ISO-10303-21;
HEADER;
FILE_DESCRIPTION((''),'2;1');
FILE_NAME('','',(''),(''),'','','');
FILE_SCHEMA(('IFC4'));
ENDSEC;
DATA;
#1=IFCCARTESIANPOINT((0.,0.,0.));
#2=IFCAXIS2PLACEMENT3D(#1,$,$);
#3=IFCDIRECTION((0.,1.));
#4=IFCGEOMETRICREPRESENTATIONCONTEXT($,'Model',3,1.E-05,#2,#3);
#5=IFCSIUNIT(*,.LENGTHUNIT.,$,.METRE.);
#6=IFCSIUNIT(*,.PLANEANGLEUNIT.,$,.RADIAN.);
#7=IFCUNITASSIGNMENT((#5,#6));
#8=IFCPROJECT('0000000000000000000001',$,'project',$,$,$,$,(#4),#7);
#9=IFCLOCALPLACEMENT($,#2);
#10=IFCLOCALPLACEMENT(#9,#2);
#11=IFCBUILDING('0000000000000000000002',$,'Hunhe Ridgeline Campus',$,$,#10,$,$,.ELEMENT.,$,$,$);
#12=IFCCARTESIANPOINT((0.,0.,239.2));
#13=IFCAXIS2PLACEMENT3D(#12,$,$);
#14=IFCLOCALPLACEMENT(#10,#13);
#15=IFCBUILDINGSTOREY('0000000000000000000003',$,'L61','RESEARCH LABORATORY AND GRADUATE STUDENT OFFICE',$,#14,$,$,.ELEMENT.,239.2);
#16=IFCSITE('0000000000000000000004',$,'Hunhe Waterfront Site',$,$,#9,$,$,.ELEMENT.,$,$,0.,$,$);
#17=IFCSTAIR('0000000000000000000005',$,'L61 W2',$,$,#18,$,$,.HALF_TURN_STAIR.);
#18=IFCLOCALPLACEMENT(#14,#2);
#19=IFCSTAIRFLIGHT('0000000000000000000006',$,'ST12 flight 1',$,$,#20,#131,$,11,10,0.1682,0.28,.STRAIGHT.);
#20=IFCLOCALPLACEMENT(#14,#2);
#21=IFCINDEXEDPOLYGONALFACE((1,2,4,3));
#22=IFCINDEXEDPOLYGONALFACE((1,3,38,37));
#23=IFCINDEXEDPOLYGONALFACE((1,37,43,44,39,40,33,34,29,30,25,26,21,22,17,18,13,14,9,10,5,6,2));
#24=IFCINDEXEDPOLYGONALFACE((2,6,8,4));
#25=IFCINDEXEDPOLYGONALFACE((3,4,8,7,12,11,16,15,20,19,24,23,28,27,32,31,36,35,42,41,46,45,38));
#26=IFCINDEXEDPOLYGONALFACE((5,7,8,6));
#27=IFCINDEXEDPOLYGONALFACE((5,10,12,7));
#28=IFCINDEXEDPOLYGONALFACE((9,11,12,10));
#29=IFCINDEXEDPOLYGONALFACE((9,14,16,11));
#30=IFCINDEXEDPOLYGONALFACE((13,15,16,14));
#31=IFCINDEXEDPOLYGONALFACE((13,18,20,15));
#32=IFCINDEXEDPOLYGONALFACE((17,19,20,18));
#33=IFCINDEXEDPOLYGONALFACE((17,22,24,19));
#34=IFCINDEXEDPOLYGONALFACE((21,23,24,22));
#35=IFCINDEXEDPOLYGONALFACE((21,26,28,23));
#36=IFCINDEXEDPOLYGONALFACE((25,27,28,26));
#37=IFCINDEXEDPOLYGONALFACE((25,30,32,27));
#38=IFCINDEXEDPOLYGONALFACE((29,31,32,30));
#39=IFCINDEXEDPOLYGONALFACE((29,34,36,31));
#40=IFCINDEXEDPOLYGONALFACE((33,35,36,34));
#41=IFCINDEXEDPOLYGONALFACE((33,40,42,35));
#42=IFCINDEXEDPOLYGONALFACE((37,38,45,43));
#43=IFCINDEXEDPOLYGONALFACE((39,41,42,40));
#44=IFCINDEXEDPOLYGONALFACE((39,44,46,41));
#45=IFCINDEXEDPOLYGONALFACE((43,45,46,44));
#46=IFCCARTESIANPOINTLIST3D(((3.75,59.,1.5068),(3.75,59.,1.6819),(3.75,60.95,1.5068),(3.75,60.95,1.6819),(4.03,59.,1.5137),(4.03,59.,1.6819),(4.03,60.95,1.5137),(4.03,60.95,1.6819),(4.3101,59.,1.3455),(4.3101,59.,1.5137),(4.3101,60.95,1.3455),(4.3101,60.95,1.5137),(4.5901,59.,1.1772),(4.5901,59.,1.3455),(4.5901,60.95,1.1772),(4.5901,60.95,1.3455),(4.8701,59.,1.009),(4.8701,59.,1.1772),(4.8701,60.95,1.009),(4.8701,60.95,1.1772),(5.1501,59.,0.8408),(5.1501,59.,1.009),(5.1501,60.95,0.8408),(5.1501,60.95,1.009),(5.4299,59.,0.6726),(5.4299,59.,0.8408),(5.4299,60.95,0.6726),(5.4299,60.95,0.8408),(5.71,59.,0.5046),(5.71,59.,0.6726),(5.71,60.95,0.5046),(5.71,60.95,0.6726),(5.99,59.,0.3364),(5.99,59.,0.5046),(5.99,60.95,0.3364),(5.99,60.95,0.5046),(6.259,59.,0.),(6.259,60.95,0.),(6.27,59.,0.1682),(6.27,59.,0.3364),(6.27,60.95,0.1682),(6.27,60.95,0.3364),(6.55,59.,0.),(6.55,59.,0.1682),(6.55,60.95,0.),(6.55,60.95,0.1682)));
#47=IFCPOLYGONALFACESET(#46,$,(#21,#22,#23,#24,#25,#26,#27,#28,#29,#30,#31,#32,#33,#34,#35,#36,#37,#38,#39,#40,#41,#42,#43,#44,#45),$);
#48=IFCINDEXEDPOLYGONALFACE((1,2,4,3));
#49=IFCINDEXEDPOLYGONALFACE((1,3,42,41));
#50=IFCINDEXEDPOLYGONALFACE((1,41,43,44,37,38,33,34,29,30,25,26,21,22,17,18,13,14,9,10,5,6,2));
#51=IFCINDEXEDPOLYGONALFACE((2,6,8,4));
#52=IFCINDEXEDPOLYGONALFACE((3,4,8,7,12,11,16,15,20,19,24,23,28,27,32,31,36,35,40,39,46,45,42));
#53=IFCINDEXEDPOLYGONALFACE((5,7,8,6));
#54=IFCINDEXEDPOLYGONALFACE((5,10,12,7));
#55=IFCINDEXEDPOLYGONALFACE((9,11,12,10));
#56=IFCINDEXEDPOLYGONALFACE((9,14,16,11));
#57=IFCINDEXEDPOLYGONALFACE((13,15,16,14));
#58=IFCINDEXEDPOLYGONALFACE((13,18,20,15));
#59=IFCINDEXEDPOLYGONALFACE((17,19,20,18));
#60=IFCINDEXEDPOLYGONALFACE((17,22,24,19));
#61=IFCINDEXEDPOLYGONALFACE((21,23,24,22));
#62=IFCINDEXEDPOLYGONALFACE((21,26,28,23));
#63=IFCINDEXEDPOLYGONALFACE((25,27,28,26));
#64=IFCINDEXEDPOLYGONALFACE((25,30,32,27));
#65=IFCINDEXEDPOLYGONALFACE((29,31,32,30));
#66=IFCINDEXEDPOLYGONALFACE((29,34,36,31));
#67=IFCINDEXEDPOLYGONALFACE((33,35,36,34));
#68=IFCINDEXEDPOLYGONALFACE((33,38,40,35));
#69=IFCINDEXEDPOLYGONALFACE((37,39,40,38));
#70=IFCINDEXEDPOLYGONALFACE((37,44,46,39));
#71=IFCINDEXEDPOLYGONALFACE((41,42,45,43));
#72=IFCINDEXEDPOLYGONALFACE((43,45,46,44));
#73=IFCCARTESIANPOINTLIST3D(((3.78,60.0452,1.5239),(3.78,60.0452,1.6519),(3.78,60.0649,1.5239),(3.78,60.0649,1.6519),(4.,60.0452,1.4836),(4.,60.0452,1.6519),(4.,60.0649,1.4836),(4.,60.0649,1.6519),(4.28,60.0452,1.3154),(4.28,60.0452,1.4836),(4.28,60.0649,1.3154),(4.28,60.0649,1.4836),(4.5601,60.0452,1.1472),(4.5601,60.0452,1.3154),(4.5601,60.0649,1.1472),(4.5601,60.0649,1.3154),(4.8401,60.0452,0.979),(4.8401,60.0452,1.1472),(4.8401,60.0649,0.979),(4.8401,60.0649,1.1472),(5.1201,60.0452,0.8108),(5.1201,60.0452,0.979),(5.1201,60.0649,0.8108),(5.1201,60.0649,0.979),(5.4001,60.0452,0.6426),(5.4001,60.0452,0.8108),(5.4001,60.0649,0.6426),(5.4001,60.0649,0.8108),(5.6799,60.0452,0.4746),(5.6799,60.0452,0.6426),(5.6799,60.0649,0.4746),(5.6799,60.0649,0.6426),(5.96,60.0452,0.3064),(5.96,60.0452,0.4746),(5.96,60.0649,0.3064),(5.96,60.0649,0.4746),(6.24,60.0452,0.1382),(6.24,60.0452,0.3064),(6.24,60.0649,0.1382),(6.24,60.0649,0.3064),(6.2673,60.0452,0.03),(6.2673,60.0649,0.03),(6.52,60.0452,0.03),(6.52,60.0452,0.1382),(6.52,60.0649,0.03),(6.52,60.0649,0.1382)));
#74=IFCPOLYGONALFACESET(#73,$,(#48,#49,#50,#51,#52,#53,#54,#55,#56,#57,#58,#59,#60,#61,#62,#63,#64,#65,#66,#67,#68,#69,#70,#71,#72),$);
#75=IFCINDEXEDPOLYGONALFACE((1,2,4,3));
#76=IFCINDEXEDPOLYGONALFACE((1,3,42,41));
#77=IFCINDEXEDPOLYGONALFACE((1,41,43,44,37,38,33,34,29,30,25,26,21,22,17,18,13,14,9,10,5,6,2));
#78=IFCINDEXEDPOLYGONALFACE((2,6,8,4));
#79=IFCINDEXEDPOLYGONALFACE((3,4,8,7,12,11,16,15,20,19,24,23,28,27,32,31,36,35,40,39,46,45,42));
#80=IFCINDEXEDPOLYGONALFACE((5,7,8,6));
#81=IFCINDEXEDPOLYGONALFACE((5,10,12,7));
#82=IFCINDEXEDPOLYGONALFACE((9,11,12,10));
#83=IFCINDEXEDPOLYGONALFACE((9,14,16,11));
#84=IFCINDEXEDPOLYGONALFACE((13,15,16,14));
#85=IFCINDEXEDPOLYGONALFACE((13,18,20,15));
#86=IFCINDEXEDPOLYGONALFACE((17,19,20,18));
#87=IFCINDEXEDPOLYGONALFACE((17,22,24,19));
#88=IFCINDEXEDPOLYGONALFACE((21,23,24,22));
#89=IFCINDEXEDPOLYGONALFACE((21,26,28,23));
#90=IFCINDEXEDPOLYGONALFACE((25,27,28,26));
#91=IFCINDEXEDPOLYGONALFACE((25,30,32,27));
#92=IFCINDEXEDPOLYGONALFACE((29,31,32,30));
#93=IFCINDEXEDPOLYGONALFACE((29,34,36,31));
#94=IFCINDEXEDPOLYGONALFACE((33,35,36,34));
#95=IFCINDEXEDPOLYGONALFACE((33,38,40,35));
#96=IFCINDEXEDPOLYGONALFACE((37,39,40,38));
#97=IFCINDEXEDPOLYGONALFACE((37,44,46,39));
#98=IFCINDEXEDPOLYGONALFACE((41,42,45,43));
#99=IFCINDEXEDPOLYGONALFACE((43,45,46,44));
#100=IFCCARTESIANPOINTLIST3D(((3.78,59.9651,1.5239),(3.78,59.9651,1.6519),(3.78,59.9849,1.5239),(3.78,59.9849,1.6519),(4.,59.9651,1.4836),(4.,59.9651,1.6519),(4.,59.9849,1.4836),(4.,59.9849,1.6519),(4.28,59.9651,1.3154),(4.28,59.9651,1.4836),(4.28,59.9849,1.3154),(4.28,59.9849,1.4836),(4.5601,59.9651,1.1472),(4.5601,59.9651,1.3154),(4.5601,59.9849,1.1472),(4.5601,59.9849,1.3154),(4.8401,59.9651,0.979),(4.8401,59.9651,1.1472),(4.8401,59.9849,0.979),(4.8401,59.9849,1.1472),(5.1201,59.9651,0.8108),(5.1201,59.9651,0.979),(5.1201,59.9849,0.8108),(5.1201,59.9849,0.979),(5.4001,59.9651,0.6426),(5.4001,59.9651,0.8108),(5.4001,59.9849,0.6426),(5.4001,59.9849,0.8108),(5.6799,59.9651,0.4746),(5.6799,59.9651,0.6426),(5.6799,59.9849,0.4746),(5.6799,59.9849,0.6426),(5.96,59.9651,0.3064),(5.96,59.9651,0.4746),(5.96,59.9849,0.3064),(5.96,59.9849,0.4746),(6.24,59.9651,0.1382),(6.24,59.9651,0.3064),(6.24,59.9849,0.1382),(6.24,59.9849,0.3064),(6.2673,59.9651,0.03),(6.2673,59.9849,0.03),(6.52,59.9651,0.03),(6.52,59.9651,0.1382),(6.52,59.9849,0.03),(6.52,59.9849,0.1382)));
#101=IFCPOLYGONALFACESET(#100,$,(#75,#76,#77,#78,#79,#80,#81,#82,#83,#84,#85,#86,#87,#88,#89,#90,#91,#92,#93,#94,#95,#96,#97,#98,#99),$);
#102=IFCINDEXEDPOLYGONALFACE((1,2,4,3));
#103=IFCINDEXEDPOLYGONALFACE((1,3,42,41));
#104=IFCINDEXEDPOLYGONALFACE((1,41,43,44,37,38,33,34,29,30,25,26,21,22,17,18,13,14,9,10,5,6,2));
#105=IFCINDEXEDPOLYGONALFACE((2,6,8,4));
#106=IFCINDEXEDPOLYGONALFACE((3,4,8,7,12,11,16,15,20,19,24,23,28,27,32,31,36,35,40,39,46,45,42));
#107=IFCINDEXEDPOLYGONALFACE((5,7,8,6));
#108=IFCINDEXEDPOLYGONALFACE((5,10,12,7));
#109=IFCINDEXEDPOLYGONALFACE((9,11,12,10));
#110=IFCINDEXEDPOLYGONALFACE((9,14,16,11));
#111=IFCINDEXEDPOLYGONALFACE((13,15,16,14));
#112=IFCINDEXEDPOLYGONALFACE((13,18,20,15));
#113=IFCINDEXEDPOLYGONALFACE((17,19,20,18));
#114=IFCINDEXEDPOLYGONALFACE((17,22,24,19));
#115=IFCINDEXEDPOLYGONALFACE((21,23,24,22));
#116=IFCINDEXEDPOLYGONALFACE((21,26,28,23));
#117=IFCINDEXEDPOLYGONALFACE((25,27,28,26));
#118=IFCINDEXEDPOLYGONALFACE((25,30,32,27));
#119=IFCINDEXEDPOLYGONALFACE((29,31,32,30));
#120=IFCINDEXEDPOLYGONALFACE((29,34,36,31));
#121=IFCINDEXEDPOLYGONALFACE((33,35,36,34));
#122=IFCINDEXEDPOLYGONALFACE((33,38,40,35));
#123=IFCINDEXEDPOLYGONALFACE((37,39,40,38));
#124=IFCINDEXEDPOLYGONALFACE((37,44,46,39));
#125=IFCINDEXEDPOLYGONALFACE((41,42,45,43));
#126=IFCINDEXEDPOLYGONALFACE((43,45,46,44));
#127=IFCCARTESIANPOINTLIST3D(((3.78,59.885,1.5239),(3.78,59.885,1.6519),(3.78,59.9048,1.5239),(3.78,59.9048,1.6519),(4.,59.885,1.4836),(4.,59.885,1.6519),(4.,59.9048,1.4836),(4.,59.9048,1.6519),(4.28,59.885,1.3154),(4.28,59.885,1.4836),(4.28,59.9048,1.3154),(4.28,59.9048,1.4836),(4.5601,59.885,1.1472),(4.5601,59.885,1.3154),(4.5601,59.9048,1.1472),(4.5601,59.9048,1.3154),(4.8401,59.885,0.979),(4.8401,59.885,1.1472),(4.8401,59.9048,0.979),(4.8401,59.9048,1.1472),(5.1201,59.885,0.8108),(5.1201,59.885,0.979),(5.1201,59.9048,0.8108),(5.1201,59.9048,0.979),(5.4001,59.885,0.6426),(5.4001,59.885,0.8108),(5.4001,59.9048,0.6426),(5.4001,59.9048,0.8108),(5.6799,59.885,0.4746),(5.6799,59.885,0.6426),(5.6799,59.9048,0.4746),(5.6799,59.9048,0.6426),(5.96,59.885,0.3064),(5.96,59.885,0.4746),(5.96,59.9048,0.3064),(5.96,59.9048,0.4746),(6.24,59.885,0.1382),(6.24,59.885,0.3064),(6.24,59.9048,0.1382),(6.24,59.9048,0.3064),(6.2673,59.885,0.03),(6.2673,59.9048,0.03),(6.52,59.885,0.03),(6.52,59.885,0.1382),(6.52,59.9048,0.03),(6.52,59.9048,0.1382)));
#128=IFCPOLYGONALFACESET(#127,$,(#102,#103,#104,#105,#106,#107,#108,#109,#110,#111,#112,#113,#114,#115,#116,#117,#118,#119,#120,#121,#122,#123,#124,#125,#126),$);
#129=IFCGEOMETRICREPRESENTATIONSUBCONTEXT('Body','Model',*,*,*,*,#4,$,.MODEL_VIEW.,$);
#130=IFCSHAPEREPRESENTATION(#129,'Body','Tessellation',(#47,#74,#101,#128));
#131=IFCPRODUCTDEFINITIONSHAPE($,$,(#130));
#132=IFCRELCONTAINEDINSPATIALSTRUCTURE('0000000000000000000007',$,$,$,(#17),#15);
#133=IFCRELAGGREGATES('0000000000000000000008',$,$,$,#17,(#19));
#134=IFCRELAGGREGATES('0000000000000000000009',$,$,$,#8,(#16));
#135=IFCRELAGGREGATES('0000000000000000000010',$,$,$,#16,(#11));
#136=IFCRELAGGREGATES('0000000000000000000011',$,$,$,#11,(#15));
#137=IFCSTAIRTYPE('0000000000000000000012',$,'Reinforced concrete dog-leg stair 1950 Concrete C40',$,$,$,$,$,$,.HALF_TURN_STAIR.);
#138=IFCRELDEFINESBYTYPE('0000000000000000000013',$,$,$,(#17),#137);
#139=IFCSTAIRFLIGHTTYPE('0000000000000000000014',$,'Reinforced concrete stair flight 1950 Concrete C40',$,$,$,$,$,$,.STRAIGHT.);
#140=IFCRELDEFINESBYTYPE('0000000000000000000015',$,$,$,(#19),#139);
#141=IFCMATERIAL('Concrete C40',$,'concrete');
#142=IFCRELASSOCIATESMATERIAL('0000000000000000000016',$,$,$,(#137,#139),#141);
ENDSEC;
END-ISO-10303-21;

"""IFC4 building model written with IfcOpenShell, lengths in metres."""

from ifc_helpers import new_model, si_unit, direction, frame, origin, place, context, subcontext, project, spatial, polyline, outline, extrude, material, type_object, element, aggregate, save


model = new_model("IFC4")

# Units and contexts
model_context = context("Model", 3, precision=1e-05, world=origin(), true_north=direction((0.0, 1.0)))
body_context = subcontext(model_context, "Body", "Model", "MODEL_VIEW")
ifc_project = project(units=[si_unit("LENGTHUNIT", "METRE"), si_unit("PLANEANGLEUNIT", "RADIAN")], contexts=[model_context])

# Site, building, storey
site_placement = place(None, origin())
site = spatial("IfcSite", under=ifc_project, at=site_placement, Name="Hunhe Waterfront Site", CompositionType="ELEMENT", RefElevation=0.0)
building_placement = place(site_placement, origin())
building = spatial("IfcBuilding", under=site, at=building_placement, Name="Hunhe Ridgeline Campus", CompositionType="ELEMENT")
storey_placement = place(building_placement, frame((0.0, 0.0, 239.2)))
storey = spatial("IfcBuildingStorey", under=building, at=storey_placement, Name="L61", Description="RESEARCH LABORATORY AND GRADUATE STUDENT OFFICE", CompositionType="ELEMENT", Elevation=239.2)

# Stair, stair flight
ifc_material_1 = material(Name="Concrete C40", Category="concrete")
stair_type = type_object("IfcStairType", Name="Reinforced concrete dog-leg stair 1950 Concrete C40", PredefinedType="HALF_TURN_STAIR", material=ifc_material_1)
stair_flight_type = type_object("IfcStairFlightType", Name="Reinforced concrete stair flight 1950 Concrete C40", PredefinedType="STRAIGHT", material=ifc_material_1)
stair_1_placement = place(storey_placement, origin())
stair_1 = element("IfcStair", 1, at=stair_1_placement, inside=storey, type_object=stair_type, Name="L61 W2", PredefinedType="HALF_TURN_STAIR")
stair_flight_1_placement = place(storey_placement, frame((6.55, 59.9751, 0.0), z_axis=(0.0, 0.0, 1.0), x_axis=(-1.0, 0.0, 0.0)))
stair_flight_1 = element("IfcStairFlight", 2, at=stair_flight_1_placement, type_object=stair_flight_type, Name="ST12 flight 1", NumberOfRisers=11, NumberOfTreads=10, PredefinedType="STRAIGHT", RiserHeight=0.1682, TreadLength=0.28, context=body_context, shape_type="SweptSolid", body=[
    extrude(outline(polyline([(0.0, 0.0), (0.0, 0.1682), (0.28, 0.1682), (0.28, 0.3364), (0.5601, 0.3364), (0.5601, 0.5046), (0.8401, 0.5046), (0.8401, 0.6726), (1.1201, 0.6726), (1.1201, 0.8408), (1.3999, 0.8408), (1.3999, 1.009), (1.6799, 1.009), (1.6799, 1.1772), (1.96, 1.1772), (1.96, 1.3455), (2.24, 1.3455), (2.24, 1.5137), (2.52, 1.5137), (2.52, 1.6819), (2.8, 1.6819), (2.8, 1.8501), (2.8, 1.5068), (0.291, 0.0), (0.0, 0.0)])), frame((0.0, 0.9751, 0.0), z_axis=(0.0, -1.0, 0.0), x_axis=(1.0, 0.0, 0.0)), (0.0, 0.0, 1.0), 1.95),
    extrude(outline(polyline([(0.03, 0.03), (0.03, 0.1382), (0.3101, 0.1382), (0.3101, 0.3064), (0.5901, 0.3064), (0.5901, 0.4746), (0.8701, 0.4746), (0.8701, 0.6426), (1.1499, 0.6426), (1.1499, 0.8108), (1.4299, 0.8108), (1.4299, 0.979), (1.71, 0.979), (1.71, 1.1472), (1.99, 1.1472), (1.99, 1.3154), (2.27, 1.3154), (2.27, 1.4836), (2.55, 1.4836), (2.55, 1.6519), (2.77, 1.6519), (2.77, 1.5239), (0.2827, 0.03), (0.03, 0.03)])), frame((0.0, -0.0701, 0.0), z_axis=(0.0, -1.0, 0.0), x_axis=(1.0, 0.0, 0.0)), (0.0, 0.0, 1.0), 0.0198),
    extrude(outline(polyline([(0.03, 0.03), (0.03, 0.1382), (0.3101, 0.1382), (0.3101, 0.3064), (0.5901, 0.3064), (0.5901, 0.4746), (0.8701, 0.4746), (0.8701, 0.6426), (1.1499, 0.6426), (1.1499, 0.8108), (1.4299, 0.8108), (1.4299, 0.979), (1.71, 0.979), (1.71, 1.1472), (1.99, 1.1472), (1.99, 1.3154), (2.27, 1.3154), (2.27, 1.4836), (2.55, 1.4836), (2.55, 1.6519), (2.77, 1.6519), (2.77, 1.5239), (0.2827, 0.03), (0.03, 0.03)])), frame((0.0, 0.01, 0.0), z_axis=(0.0, -1.0, 0.0), x_axis=(1.0, 0.0, 0.0)), (0.0, 0.0, 1.0), 0.0198),
    extrude(outline(polyline([(0.03, 0.03), (0.03, 0.1382), (0.3101, 0.1382), (0.3101, 0.3064), (0.5901, 0.3064), (0.5901, 0.4746), (0.8701, 0.4746), (0.8701, 0.6426), (1.1499, 0.6426), (1.1499, 0.8108), (1.4299, 0.8108), (1.4299, 0.979), (1.71, 0.979), (1.71, 1.1472), (1.99, 1.1472), (1.99, 1.3154), (2.27, 1.3154), (2.27, 1.4836), (2.55, 1.4836), (2.55, 1.6519), (2.77, 1.6519), (2.77, 1.5239), (0.2827, 0.03), (0.03, 0.03)])), frame((0.0, 0.0901, 0.0), z_axis=(0.0, -1.0, 0.0), x_axis=(1.0, 0.0, 0.0)), (0.0, 0.0, 1.0), 0.0198),
])
aggregate(stair_1, [stair_flight_1])

save(model, "model.ifc")
